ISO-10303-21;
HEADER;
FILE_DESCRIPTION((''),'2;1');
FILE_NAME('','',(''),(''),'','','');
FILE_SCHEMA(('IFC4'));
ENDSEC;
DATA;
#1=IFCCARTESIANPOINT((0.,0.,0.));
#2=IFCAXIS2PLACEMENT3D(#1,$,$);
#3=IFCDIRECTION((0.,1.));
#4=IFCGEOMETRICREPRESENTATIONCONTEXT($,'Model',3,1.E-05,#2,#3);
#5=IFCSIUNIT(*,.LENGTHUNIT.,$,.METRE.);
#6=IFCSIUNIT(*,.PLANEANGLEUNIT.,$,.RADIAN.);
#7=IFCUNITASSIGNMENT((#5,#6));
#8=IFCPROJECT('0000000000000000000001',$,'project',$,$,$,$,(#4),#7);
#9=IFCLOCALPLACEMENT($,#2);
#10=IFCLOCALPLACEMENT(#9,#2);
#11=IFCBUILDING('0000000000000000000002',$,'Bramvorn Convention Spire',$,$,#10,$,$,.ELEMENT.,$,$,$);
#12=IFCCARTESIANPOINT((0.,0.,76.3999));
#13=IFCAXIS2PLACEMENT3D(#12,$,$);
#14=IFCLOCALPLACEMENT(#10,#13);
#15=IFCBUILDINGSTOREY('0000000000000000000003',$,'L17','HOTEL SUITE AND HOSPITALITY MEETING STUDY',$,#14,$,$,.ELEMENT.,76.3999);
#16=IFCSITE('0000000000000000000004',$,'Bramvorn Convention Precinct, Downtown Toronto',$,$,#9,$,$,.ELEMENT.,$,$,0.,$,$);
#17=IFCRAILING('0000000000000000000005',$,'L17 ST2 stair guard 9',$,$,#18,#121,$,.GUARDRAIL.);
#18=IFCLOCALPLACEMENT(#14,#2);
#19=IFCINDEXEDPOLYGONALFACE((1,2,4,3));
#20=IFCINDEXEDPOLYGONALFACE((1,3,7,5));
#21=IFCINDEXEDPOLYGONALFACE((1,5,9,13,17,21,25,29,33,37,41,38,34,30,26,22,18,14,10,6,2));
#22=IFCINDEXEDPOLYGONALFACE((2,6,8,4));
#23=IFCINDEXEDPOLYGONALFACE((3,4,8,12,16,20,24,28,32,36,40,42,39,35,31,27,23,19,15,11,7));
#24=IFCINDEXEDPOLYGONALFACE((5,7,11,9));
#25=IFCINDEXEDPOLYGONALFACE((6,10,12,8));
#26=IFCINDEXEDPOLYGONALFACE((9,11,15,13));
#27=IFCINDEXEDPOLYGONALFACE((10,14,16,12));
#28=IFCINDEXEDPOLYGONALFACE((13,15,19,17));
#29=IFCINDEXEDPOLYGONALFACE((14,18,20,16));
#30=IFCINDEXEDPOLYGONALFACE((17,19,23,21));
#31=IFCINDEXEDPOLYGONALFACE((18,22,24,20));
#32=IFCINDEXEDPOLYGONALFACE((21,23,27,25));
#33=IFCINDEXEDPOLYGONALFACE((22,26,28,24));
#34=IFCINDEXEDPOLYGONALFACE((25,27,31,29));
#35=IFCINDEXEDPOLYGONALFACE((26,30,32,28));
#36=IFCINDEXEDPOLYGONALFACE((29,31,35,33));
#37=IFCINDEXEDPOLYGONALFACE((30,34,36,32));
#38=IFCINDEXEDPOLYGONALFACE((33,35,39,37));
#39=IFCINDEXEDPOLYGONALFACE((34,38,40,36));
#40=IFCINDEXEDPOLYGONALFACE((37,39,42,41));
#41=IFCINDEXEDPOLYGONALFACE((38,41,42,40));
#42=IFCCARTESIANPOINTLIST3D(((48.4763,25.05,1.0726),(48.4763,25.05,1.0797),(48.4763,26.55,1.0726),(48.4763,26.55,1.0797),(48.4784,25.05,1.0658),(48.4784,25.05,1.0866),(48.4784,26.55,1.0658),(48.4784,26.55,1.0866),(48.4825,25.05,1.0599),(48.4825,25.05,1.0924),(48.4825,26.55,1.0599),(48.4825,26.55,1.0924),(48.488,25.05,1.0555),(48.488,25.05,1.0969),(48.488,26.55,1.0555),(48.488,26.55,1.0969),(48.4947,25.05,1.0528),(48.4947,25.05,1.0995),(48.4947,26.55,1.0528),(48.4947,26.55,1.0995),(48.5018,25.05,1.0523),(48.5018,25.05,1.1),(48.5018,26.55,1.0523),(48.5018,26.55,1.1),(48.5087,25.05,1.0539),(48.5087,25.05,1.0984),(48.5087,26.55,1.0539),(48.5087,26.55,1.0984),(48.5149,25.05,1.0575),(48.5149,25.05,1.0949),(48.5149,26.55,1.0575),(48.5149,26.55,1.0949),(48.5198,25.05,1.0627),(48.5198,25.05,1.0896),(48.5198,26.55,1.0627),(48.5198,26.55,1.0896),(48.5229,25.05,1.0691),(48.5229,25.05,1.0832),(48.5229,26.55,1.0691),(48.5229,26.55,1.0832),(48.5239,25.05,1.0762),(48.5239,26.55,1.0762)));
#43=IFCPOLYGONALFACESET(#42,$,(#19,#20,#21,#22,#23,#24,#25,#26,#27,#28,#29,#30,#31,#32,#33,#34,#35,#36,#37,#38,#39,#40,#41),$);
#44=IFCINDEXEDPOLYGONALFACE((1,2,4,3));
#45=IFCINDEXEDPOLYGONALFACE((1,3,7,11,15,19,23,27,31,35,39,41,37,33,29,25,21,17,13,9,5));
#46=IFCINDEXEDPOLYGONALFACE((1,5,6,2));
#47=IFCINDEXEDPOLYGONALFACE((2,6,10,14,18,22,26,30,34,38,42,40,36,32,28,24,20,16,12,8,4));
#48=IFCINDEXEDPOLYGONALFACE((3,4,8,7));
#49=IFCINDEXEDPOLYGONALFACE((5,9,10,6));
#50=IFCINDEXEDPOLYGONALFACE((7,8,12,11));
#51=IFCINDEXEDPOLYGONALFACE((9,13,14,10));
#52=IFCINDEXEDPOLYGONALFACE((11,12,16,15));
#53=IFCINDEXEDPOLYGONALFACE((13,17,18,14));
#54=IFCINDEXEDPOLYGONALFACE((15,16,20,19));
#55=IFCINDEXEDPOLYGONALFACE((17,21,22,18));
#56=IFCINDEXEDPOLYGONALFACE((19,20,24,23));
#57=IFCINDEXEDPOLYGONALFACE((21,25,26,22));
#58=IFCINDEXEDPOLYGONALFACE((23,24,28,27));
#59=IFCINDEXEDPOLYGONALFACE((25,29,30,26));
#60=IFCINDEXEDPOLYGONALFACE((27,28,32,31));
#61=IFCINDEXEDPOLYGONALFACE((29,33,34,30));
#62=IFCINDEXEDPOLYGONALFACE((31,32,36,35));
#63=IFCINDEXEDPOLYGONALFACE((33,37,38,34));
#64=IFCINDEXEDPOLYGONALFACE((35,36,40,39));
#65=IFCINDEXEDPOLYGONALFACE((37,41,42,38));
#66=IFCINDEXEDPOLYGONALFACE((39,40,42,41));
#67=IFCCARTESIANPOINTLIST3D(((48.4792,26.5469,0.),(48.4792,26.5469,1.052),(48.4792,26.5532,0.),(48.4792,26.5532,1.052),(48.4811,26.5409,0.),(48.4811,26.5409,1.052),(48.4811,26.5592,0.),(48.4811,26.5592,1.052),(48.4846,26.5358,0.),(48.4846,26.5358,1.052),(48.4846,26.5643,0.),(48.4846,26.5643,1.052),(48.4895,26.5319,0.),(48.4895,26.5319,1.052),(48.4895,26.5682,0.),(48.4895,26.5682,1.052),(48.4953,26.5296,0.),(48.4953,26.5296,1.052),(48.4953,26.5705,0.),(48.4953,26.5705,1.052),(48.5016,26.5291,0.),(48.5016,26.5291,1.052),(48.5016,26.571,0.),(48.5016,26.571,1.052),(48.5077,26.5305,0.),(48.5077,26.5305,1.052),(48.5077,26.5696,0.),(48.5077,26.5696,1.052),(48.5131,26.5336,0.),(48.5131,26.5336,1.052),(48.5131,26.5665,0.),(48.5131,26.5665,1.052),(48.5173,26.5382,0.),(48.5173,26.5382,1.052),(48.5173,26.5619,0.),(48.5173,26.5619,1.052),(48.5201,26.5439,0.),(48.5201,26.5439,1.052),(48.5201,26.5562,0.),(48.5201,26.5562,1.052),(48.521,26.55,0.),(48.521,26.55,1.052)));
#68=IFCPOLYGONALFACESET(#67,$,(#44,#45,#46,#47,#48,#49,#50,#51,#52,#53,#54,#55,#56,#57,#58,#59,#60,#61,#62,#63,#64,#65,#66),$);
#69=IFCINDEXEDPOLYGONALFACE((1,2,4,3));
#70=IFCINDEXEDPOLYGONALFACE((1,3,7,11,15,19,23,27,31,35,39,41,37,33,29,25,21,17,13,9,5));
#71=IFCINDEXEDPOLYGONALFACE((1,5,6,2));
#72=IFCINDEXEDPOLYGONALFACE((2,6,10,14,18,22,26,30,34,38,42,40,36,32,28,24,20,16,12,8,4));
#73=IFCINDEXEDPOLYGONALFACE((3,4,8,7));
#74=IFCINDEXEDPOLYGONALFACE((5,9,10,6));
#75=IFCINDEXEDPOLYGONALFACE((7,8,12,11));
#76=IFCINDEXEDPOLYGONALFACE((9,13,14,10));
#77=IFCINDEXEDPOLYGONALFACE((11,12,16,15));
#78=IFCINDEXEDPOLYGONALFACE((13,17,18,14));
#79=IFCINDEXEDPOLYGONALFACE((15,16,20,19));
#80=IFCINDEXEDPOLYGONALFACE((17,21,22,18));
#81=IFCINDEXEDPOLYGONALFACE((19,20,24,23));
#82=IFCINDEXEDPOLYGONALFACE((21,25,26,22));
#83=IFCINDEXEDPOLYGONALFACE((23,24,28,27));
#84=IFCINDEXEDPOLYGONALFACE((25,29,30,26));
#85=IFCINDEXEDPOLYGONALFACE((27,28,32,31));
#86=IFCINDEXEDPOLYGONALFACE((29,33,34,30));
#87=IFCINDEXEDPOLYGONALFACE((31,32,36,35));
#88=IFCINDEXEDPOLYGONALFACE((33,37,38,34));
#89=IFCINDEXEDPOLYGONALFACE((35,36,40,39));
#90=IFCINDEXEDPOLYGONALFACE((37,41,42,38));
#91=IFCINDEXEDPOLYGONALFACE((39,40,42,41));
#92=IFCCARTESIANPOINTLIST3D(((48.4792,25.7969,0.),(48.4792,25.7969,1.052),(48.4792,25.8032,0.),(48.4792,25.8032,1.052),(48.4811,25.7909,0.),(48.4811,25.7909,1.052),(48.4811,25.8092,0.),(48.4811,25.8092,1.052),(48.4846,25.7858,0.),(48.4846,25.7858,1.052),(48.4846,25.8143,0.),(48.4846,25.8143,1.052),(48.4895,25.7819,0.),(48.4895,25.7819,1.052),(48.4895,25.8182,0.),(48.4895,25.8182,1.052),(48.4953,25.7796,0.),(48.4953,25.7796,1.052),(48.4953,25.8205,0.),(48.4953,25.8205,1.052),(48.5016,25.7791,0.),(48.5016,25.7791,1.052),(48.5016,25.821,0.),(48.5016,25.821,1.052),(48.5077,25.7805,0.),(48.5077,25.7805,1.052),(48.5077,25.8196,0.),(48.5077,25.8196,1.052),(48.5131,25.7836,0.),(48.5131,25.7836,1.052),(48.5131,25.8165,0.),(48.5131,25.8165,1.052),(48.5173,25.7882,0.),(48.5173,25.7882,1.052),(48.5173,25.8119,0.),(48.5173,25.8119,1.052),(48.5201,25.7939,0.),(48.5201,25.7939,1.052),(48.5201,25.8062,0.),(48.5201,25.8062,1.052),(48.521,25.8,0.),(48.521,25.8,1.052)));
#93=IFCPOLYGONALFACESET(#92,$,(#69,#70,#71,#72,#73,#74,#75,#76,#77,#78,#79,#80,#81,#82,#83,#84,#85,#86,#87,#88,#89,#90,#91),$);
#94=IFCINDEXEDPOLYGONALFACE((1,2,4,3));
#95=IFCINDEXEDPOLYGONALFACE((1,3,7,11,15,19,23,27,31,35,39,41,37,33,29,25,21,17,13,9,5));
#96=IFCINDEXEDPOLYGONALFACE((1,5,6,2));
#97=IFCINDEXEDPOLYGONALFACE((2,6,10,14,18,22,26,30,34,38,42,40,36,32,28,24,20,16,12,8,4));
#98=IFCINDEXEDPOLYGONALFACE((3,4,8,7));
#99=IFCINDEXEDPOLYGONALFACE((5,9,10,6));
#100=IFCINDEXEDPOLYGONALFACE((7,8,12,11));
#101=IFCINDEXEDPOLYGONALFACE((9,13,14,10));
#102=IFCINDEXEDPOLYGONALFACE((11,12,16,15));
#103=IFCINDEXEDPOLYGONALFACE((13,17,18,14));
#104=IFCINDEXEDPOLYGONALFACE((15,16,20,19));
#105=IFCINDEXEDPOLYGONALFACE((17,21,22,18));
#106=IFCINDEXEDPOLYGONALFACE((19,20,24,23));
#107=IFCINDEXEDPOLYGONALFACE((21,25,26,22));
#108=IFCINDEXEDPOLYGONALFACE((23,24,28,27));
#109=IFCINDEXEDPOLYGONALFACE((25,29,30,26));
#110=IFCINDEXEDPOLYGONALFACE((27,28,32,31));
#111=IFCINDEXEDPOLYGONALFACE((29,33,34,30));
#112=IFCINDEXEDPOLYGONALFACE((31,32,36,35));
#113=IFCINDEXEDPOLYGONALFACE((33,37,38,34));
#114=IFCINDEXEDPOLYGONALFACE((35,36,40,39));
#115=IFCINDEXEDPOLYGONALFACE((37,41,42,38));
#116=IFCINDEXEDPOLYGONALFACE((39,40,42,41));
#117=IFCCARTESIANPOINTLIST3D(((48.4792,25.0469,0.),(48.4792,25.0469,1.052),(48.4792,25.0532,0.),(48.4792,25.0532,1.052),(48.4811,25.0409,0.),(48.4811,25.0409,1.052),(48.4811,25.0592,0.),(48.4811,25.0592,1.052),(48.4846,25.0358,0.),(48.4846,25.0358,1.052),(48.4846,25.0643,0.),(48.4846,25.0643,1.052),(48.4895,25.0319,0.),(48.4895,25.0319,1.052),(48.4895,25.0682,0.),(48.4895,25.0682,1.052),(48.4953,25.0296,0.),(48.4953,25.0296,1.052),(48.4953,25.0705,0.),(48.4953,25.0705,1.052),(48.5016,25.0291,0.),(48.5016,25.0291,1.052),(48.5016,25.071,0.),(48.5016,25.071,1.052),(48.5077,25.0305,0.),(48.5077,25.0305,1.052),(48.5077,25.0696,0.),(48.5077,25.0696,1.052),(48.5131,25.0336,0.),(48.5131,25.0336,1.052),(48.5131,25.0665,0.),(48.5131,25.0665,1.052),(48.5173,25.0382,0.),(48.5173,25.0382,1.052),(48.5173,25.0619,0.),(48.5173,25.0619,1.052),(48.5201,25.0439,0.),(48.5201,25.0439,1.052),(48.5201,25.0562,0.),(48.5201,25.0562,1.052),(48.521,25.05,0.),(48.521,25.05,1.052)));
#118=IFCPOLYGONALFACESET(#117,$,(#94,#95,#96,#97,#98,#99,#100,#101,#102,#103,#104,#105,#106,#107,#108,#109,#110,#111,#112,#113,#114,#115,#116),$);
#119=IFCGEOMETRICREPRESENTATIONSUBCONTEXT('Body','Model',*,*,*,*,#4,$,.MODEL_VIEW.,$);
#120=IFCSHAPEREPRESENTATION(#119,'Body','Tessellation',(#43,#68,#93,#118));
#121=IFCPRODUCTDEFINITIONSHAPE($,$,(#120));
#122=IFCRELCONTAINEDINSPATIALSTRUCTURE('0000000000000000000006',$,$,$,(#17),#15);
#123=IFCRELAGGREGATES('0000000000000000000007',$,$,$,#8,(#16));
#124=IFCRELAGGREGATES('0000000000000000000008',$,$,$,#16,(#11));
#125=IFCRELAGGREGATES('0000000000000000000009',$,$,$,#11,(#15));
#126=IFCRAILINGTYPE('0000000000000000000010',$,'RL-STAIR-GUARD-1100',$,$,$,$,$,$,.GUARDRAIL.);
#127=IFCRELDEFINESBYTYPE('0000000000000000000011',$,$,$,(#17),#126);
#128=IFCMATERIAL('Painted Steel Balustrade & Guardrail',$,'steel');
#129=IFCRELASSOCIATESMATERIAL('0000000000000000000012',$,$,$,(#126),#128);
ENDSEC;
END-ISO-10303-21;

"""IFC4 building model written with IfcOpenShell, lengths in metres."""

from ifc_helpers import new_model, si_unit, direction, frame, origin, origin_2d, place, context, subcontext, project, spatial, circle, extrude, material, type_object, element, save


model = new_model("IFC4")

# Units and contexts
model_context = context("Model", 3, precision=1e-05, world=origin(), true_north=direction((0.0, 1.0)))
body_context = subcontext(model_context, "Body", "Model", "MODEL_VIEW")
ifc_project = project(units=[si_unit("LENGTHUNIT", "METRE"), si_unit("PLANEANGLEUNIT", "RADIAN")], contexts=[model_context])

# Site, building, storey
site_placement = place(None, origin())
site = spatial("IfcSite", under=ifc_project, at=site_placement, Name="Bramvorn Convention Precinct, Downtown Toronto", CompositionType="ELEMENT", RefElevation=0.0)
building_placement = place(site_placement, origin())
building = spatial("IfcBuilding", under=site, at=building_placement, Name="Bramvorn Convention Spire", CompositionType="ELEMENT")
storey_placement = place(building_placement, frame((0.0, 0.0, 76.3999)))
storey = spatial("IfcBuildingStorey", under=building, at=storey_placement, Name="L17", Description="HOTEL SUITE AND HOSPITALITY MEETING STUDY", CompositionType="ELEMENT", Elevation=76.3999)

# Railing
ifc_material_1 = material(Name="Painted Steel Balustrade & Guardrail", Category="steel")
railing_type_1 = type_object("IfcRailingType", Name="RL-STAIR-GUARD-1100", PredefinedType="GUARDRAIL", material=ifc_material_1)
for number, where, name in (
    (1, (48.5, 26.55, 0.0), "L17 ST2 stair guard 9"),
):
    element("IfcRailing", number, at=place(storey_placement, frame(where)), inside=storey, type_object=railing_type_1, Name=name, PredefinedType="GUARDRAIL", context=body_context, shape_type="SweptSolid", body=[
        extrude(circle(Radius=0.0239, at=origin_2d()), frame((0.0, 0.0, 1.0762), z_axis=(0.0, -1.0, 0.0), x_axis=(1.0, 0.0, 0.0)), (0.0, 0.0, 1.0), 1.5),
        extrude(circle(Radius=0.021, at=origin_2d()), origin(), (0.0, 0.0, 1.0), 1.052),
        extrude(circle(Radius=0.021, at=origin_2d()), frame((0.0, -0.75, 0.0)), (0.0, 0.0, 1.0), 1.052),
        extrude(circle(Radius=0.021, at=origin_2d()), frame((0.0, -1.5, 0.0)), (0.0, 0.0, 1.0), 1.052),
    ])

save(model, "model.ifc")
